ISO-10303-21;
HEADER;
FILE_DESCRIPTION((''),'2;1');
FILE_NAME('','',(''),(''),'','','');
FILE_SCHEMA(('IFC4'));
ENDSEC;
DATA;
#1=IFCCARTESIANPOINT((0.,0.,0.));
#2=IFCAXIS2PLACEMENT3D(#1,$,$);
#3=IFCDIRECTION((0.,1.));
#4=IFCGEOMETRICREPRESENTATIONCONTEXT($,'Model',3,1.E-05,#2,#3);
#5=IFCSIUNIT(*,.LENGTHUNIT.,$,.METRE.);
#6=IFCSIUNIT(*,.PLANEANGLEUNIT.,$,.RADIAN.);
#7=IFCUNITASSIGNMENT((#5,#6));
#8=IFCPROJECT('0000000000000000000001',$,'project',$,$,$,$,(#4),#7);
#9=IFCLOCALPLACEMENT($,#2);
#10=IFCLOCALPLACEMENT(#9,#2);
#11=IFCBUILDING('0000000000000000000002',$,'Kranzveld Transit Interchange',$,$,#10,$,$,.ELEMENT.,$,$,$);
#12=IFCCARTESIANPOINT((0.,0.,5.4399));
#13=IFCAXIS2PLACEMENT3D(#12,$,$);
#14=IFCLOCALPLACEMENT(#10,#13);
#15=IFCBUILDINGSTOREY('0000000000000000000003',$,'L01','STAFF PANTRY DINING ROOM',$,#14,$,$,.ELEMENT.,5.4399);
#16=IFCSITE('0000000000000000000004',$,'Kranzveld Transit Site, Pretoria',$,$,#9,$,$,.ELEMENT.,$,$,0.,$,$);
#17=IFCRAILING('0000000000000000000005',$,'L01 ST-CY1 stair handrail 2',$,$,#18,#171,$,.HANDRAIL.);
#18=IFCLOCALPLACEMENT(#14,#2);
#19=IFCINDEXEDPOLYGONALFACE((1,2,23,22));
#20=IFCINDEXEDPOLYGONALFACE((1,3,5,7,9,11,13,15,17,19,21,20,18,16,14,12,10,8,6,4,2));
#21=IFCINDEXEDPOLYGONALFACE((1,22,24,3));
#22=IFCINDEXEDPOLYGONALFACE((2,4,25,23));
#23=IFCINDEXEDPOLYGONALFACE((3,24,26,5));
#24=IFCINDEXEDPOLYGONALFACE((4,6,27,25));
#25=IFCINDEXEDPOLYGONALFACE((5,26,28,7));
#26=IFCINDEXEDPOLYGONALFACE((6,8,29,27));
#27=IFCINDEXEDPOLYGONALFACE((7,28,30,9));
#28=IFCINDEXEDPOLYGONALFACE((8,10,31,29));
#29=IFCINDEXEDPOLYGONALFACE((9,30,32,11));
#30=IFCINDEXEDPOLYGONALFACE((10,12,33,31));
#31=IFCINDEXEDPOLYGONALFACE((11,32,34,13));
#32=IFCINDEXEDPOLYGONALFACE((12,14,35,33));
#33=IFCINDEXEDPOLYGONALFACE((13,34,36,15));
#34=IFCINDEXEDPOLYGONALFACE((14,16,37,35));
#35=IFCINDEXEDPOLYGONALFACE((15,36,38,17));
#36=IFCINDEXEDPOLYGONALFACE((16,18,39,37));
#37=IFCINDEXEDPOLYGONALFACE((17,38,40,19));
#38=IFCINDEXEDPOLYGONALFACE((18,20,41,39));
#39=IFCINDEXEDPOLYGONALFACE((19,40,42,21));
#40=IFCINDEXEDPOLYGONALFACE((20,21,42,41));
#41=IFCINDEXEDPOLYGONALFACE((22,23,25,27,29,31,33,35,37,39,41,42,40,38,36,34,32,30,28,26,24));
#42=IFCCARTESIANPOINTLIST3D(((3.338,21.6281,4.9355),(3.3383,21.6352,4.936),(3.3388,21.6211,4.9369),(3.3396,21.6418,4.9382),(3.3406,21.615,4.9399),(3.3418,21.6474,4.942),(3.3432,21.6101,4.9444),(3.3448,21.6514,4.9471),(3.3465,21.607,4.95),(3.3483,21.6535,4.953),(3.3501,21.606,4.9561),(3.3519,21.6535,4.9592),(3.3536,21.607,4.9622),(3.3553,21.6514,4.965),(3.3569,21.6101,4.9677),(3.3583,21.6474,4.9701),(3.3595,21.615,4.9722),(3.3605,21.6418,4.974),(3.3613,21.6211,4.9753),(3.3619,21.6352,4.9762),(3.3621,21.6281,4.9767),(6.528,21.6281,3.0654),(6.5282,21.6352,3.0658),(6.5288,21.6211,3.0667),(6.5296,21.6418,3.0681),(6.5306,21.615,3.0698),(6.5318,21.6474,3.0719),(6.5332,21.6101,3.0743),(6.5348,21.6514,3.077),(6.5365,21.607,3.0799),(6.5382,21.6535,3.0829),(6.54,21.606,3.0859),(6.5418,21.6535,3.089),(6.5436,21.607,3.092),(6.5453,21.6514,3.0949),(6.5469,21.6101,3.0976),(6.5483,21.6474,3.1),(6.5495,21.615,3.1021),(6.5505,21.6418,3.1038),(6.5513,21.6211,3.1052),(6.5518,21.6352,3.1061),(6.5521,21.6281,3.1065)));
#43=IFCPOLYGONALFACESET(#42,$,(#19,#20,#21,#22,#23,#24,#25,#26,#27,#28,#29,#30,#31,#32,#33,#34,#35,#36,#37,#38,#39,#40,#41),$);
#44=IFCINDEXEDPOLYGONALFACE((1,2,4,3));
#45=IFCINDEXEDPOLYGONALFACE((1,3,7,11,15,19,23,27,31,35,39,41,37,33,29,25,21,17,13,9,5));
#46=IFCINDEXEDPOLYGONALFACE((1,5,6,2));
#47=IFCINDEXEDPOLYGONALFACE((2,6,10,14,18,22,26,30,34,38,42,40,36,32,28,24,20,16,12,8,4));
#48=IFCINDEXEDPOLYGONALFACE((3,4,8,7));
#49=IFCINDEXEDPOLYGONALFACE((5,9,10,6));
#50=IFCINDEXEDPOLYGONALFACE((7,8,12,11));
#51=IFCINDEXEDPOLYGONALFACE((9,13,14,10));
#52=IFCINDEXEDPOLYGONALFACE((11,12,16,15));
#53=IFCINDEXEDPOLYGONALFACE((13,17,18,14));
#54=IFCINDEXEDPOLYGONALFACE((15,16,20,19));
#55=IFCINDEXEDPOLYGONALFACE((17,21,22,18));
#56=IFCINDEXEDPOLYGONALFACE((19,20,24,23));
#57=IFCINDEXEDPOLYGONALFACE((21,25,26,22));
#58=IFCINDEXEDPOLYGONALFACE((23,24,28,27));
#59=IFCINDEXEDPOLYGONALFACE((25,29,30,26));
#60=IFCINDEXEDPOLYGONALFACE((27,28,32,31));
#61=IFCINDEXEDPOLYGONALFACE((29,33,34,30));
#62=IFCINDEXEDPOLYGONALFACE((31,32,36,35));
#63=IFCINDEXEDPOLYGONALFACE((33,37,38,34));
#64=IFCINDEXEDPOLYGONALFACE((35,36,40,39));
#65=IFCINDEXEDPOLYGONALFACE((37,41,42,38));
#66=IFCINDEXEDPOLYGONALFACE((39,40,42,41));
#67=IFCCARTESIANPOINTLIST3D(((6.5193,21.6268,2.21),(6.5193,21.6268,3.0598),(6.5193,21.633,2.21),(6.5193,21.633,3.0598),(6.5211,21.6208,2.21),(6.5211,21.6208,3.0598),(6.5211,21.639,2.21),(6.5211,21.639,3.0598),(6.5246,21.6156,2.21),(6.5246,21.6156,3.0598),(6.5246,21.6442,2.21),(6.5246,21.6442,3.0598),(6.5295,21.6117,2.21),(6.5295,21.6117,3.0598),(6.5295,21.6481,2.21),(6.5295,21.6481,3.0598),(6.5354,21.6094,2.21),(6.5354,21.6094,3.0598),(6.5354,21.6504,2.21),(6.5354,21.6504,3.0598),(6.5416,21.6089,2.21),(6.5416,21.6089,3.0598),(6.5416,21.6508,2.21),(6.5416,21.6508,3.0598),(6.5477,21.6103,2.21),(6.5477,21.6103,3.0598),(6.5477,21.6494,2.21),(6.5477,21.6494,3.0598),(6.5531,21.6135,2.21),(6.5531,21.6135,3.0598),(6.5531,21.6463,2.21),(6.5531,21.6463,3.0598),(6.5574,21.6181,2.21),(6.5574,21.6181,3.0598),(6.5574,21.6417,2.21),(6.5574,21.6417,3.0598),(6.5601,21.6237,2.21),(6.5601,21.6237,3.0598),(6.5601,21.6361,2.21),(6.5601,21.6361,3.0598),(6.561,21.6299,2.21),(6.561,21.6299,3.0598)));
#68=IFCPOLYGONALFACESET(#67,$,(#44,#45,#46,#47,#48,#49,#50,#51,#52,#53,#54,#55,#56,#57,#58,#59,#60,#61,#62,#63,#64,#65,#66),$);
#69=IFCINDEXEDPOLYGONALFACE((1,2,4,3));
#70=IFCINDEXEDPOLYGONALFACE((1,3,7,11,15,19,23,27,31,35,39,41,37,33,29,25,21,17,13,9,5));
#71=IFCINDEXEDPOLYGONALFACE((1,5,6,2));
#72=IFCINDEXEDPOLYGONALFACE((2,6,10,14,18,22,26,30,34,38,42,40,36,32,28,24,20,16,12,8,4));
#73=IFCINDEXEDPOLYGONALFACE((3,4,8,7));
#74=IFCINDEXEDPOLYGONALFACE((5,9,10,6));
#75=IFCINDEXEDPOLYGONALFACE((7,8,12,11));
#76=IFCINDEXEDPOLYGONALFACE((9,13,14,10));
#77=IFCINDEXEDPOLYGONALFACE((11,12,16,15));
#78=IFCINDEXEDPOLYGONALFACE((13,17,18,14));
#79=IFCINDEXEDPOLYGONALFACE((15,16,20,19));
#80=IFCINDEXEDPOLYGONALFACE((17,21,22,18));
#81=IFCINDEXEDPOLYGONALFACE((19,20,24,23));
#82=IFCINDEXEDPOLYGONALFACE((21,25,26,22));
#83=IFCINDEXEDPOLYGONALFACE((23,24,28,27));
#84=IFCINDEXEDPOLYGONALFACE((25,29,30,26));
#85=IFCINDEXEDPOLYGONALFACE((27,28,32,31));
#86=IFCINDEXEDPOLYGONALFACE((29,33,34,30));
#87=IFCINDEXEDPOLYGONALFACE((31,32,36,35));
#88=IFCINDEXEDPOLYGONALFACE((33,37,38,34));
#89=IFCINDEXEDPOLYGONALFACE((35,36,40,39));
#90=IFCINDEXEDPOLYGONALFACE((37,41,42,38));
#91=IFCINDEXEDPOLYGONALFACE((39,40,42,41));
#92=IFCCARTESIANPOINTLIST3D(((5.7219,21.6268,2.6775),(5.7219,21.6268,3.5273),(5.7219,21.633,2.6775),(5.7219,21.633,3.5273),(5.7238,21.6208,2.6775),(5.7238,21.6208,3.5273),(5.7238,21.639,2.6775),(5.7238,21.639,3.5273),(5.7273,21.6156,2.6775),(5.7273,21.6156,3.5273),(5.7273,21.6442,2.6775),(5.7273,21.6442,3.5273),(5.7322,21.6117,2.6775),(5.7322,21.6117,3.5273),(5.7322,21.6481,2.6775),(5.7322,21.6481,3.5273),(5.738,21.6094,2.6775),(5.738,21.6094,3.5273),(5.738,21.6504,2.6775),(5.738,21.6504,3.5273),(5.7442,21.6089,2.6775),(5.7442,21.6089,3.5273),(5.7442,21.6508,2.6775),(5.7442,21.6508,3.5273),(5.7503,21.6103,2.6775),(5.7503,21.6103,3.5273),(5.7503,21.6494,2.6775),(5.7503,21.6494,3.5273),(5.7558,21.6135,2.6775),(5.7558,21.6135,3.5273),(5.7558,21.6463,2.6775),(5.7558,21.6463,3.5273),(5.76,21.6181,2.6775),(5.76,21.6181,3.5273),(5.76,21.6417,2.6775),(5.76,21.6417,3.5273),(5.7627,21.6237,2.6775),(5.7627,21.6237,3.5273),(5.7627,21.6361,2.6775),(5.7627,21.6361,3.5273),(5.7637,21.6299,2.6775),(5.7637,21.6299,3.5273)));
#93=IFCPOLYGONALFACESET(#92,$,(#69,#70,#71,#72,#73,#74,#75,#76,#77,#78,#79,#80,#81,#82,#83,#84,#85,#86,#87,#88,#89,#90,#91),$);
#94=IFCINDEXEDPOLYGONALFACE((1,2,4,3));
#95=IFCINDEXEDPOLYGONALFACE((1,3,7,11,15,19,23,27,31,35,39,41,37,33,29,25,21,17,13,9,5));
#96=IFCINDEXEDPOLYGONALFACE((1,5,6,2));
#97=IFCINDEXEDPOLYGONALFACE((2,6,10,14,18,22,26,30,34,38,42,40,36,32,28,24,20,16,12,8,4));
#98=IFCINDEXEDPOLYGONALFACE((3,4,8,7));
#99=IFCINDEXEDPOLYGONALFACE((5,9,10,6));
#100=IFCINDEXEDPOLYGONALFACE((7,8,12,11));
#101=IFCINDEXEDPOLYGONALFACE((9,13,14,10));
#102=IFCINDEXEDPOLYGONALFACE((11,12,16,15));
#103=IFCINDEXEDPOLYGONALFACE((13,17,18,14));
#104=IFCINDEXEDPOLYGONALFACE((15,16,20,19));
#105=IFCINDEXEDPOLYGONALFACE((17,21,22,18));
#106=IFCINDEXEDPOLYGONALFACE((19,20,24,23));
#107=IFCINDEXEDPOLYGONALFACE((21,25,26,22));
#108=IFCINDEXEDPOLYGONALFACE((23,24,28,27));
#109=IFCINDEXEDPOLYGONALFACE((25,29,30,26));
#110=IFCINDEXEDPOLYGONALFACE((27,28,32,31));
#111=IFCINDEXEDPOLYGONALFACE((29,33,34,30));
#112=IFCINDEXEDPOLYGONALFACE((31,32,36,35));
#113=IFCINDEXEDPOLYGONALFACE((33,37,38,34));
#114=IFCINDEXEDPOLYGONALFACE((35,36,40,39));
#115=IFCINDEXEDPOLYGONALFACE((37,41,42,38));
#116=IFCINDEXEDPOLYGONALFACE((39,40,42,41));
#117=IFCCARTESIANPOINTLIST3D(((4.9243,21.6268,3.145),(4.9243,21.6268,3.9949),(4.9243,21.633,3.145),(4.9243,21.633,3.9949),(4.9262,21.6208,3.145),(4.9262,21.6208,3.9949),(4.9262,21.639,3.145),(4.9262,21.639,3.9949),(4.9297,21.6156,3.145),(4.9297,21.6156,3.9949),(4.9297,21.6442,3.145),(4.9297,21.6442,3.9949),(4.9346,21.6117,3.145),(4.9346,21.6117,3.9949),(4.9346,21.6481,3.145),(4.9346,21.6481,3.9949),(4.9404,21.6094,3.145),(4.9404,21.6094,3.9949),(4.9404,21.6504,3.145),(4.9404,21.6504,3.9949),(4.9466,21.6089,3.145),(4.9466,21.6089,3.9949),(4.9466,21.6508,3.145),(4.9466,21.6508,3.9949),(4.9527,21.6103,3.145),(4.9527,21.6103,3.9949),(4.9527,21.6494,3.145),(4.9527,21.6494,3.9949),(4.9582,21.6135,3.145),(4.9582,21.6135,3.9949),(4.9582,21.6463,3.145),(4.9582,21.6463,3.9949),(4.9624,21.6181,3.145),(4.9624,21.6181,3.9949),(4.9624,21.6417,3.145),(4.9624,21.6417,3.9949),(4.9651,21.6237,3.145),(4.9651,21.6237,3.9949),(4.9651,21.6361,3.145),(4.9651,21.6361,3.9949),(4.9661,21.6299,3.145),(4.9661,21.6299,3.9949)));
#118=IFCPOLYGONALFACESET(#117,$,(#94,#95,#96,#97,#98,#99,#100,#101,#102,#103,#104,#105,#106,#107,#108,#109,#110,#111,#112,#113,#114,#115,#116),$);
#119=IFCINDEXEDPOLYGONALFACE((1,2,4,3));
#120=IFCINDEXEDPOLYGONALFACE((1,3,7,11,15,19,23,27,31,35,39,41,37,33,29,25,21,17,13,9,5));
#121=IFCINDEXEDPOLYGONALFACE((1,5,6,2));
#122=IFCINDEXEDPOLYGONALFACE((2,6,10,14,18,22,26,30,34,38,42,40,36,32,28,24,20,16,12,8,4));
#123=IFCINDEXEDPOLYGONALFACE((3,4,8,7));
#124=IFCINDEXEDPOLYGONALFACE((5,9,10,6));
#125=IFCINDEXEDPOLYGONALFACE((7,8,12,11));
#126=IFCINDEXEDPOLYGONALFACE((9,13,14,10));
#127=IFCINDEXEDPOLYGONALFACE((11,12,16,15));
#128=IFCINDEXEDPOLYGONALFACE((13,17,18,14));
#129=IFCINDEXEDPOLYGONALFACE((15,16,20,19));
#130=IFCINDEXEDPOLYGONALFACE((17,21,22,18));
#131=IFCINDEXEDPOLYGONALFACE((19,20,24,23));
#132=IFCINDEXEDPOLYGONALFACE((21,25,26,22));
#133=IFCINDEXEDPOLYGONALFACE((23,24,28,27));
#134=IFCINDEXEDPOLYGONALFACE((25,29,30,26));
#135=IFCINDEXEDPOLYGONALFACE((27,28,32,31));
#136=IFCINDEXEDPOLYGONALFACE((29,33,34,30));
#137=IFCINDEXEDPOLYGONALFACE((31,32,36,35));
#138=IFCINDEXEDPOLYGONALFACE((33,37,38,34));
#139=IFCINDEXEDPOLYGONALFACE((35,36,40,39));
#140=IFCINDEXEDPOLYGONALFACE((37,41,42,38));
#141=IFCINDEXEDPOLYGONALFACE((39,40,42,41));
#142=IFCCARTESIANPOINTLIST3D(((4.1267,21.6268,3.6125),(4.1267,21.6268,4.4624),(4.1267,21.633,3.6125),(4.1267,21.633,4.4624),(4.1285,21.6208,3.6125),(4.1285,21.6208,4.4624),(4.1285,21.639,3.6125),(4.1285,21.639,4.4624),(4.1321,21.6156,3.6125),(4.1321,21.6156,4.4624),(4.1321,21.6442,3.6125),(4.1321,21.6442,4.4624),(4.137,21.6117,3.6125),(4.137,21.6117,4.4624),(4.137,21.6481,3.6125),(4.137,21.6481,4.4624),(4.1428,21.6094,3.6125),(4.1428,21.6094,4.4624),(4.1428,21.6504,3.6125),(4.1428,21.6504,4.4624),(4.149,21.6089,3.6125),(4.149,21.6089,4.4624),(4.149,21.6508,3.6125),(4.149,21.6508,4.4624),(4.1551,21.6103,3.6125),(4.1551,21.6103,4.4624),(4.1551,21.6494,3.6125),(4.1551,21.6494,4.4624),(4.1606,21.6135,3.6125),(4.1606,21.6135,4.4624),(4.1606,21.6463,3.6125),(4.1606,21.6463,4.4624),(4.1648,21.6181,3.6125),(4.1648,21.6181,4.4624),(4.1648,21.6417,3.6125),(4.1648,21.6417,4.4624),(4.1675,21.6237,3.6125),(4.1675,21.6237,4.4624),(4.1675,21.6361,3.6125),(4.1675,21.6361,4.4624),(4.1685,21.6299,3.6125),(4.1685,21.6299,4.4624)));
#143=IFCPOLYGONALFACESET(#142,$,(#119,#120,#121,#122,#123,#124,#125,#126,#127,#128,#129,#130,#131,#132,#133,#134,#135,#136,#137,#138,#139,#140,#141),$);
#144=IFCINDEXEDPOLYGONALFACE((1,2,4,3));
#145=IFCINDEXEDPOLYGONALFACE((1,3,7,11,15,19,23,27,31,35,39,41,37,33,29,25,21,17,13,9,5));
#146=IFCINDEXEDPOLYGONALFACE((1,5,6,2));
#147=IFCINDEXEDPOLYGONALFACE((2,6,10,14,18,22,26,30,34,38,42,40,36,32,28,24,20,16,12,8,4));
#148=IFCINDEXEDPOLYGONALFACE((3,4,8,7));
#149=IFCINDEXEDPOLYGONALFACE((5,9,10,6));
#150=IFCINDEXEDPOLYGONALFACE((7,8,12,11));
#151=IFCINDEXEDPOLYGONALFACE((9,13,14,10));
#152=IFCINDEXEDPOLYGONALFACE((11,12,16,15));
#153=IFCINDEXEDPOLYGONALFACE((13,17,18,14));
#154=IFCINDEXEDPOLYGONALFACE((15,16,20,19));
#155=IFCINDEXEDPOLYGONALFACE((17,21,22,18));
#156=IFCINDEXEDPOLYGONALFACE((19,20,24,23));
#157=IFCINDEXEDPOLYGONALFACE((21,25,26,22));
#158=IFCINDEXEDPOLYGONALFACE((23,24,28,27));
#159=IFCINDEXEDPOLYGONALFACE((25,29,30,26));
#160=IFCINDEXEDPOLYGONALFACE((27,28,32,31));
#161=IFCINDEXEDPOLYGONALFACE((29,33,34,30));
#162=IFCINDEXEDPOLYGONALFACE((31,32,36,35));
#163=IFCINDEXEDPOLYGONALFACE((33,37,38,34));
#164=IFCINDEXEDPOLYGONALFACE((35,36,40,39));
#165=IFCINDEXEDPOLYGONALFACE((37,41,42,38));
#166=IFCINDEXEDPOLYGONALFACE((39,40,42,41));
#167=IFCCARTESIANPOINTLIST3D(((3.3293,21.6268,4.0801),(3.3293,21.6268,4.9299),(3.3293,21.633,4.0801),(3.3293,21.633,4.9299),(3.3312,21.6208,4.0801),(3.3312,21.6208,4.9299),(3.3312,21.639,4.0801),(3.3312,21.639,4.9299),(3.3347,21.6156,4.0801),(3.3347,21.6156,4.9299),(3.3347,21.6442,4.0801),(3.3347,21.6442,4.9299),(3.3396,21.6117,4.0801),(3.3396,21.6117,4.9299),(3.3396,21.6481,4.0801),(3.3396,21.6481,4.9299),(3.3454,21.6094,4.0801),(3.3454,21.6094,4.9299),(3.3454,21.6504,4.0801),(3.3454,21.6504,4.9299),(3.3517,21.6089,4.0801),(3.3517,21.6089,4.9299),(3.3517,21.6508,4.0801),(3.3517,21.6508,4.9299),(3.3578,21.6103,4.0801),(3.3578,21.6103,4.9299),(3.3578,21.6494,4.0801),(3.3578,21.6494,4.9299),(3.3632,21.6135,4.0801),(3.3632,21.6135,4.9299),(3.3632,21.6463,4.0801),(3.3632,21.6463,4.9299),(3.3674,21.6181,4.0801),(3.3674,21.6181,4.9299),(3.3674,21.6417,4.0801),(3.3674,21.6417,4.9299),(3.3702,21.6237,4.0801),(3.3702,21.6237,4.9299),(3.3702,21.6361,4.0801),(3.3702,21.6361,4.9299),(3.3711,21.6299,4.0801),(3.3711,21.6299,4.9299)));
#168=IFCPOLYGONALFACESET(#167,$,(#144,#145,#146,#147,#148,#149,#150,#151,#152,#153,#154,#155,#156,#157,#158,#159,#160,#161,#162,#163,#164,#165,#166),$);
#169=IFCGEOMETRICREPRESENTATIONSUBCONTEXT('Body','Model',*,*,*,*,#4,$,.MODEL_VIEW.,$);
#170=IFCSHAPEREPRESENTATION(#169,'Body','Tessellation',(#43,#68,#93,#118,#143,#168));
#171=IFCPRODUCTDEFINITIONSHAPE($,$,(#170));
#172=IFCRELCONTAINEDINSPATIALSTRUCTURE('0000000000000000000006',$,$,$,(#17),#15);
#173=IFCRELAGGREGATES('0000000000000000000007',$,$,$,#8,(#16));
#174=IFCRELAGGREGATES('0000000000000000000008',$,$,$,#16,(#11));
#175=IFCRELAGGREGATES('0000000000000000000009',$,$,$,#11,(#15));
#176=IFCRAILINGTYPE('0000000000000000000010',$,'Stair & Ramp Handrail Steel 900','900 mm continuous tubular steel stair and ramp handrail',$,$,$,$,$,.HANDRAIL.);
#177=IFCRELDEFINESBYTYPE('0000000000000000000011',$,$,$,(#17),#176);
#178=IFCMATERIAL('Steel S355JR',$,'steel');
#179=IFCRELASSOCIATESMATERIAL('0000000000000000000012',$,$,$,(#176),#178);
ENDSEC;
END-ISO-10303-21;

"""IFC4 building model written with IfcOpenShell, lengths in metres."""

from ifc_helpers import new_model, si_unit, direction, frame, origin, origin_2d, place, context, subcontext, project, spatial, circle, extrude, material, type_object, element, save


model = new_model("IFC4")

# Units and contexts
model_context = context("Model", 3, precision=1e-05, world=origin(), true_north=direction((0.0, 1.0)))
body_context = subcontext(model_context, "Body", "Model", "MODEL_VIEW")
ifc_project = project(units=[si_unit("LENGTHUNIT", "METRE"), si_unit("PLANEANGLEUNIT", "RADIAN")], contexts=[model_context])

# Site, building, storey
site_placement = place(None, origin())
site = spatial("IfcSite", under=ifc_project, at=site_placement, Name="Kranzveld Transit Site, Pretoria", CompositionType="ELEMENT", RefElevation=0.0)
building_placement = place(site_placement, origin())
building = spatial("IfcBuilding", under=site, at=building_placement, Name="Kranzveld Transit Interchange", CompositionType="ELEMENT")
storey_placement = place(building_placement, frame((0.0, 0.0, 5.4399)))
storey = spatial("IfcBuildingStorey", under=building, at=storey_placement, Name="L01", Description="STAFF PANTRY DINING ROOM", CompositionType="ELEMENT", Elevation=5.4399)

# Railing
ifc_material_1 = material(Name="Steel S355JR", Category="steel")
railing_type_1 = type_object("IfcRailingType", Name="Stair & Ramp Handrail Steel 900", Description="900 mm continuous tubular steel stair and ramp handrail", PredefinedType="HANDRAIL", material=ifc_material_1)
railing_1_placement = place(storey_placement, frame((6.54, 21.6299, 2.21)))
element("IfcRailing", 1, at=railing_1_placement, inside=storey, type_object=railing_type_1, Name="L01 ST-CY1 stair handrail 2", PredefinedType="HANDRAIL", context=body_context, shape_type="SweptSolid", body=[
    extrude(circle(Radius=0.0239, at=origin_2d()), frame((0.0, 0.0, 0.876), z_axis=(-0.86268, 0.0, 0.50575), x_axis=(0.0, -1.0, 0.0)), (0.0, 0.0, 1.0), 3.6978),
    extrude(circle(Radius=0.021, at=origin_2d()), origin(), (0.0, 0.0, 1.0), 0.8499),
    extrude(circle(Radius=0.021, at=origin_2d()), frame((-0.7974, 0.0, 0.4675)), (0.0, 0.0, 1.0), 0.8499),
    extrude(circle(Radius=0.021, at=origin_2d()), frame((-1.595, 0.0, 0.9351)), (0.0, 0.0, 1.0), 0.8499),
    extrude(circle(Radius=0.021, at=origin_2d()), frame((-2.3926, 0.0, 1.4026)), (0.0, 0.0, 1.0), 0.8499),
    extrude(circle(Radius=0.021, at=origin_2d()), frame((-3.1899, 0.0, 1.8701)), (0.0, 0.0, 1.0), 0.8499),
])

save(model, "model.ifc")
